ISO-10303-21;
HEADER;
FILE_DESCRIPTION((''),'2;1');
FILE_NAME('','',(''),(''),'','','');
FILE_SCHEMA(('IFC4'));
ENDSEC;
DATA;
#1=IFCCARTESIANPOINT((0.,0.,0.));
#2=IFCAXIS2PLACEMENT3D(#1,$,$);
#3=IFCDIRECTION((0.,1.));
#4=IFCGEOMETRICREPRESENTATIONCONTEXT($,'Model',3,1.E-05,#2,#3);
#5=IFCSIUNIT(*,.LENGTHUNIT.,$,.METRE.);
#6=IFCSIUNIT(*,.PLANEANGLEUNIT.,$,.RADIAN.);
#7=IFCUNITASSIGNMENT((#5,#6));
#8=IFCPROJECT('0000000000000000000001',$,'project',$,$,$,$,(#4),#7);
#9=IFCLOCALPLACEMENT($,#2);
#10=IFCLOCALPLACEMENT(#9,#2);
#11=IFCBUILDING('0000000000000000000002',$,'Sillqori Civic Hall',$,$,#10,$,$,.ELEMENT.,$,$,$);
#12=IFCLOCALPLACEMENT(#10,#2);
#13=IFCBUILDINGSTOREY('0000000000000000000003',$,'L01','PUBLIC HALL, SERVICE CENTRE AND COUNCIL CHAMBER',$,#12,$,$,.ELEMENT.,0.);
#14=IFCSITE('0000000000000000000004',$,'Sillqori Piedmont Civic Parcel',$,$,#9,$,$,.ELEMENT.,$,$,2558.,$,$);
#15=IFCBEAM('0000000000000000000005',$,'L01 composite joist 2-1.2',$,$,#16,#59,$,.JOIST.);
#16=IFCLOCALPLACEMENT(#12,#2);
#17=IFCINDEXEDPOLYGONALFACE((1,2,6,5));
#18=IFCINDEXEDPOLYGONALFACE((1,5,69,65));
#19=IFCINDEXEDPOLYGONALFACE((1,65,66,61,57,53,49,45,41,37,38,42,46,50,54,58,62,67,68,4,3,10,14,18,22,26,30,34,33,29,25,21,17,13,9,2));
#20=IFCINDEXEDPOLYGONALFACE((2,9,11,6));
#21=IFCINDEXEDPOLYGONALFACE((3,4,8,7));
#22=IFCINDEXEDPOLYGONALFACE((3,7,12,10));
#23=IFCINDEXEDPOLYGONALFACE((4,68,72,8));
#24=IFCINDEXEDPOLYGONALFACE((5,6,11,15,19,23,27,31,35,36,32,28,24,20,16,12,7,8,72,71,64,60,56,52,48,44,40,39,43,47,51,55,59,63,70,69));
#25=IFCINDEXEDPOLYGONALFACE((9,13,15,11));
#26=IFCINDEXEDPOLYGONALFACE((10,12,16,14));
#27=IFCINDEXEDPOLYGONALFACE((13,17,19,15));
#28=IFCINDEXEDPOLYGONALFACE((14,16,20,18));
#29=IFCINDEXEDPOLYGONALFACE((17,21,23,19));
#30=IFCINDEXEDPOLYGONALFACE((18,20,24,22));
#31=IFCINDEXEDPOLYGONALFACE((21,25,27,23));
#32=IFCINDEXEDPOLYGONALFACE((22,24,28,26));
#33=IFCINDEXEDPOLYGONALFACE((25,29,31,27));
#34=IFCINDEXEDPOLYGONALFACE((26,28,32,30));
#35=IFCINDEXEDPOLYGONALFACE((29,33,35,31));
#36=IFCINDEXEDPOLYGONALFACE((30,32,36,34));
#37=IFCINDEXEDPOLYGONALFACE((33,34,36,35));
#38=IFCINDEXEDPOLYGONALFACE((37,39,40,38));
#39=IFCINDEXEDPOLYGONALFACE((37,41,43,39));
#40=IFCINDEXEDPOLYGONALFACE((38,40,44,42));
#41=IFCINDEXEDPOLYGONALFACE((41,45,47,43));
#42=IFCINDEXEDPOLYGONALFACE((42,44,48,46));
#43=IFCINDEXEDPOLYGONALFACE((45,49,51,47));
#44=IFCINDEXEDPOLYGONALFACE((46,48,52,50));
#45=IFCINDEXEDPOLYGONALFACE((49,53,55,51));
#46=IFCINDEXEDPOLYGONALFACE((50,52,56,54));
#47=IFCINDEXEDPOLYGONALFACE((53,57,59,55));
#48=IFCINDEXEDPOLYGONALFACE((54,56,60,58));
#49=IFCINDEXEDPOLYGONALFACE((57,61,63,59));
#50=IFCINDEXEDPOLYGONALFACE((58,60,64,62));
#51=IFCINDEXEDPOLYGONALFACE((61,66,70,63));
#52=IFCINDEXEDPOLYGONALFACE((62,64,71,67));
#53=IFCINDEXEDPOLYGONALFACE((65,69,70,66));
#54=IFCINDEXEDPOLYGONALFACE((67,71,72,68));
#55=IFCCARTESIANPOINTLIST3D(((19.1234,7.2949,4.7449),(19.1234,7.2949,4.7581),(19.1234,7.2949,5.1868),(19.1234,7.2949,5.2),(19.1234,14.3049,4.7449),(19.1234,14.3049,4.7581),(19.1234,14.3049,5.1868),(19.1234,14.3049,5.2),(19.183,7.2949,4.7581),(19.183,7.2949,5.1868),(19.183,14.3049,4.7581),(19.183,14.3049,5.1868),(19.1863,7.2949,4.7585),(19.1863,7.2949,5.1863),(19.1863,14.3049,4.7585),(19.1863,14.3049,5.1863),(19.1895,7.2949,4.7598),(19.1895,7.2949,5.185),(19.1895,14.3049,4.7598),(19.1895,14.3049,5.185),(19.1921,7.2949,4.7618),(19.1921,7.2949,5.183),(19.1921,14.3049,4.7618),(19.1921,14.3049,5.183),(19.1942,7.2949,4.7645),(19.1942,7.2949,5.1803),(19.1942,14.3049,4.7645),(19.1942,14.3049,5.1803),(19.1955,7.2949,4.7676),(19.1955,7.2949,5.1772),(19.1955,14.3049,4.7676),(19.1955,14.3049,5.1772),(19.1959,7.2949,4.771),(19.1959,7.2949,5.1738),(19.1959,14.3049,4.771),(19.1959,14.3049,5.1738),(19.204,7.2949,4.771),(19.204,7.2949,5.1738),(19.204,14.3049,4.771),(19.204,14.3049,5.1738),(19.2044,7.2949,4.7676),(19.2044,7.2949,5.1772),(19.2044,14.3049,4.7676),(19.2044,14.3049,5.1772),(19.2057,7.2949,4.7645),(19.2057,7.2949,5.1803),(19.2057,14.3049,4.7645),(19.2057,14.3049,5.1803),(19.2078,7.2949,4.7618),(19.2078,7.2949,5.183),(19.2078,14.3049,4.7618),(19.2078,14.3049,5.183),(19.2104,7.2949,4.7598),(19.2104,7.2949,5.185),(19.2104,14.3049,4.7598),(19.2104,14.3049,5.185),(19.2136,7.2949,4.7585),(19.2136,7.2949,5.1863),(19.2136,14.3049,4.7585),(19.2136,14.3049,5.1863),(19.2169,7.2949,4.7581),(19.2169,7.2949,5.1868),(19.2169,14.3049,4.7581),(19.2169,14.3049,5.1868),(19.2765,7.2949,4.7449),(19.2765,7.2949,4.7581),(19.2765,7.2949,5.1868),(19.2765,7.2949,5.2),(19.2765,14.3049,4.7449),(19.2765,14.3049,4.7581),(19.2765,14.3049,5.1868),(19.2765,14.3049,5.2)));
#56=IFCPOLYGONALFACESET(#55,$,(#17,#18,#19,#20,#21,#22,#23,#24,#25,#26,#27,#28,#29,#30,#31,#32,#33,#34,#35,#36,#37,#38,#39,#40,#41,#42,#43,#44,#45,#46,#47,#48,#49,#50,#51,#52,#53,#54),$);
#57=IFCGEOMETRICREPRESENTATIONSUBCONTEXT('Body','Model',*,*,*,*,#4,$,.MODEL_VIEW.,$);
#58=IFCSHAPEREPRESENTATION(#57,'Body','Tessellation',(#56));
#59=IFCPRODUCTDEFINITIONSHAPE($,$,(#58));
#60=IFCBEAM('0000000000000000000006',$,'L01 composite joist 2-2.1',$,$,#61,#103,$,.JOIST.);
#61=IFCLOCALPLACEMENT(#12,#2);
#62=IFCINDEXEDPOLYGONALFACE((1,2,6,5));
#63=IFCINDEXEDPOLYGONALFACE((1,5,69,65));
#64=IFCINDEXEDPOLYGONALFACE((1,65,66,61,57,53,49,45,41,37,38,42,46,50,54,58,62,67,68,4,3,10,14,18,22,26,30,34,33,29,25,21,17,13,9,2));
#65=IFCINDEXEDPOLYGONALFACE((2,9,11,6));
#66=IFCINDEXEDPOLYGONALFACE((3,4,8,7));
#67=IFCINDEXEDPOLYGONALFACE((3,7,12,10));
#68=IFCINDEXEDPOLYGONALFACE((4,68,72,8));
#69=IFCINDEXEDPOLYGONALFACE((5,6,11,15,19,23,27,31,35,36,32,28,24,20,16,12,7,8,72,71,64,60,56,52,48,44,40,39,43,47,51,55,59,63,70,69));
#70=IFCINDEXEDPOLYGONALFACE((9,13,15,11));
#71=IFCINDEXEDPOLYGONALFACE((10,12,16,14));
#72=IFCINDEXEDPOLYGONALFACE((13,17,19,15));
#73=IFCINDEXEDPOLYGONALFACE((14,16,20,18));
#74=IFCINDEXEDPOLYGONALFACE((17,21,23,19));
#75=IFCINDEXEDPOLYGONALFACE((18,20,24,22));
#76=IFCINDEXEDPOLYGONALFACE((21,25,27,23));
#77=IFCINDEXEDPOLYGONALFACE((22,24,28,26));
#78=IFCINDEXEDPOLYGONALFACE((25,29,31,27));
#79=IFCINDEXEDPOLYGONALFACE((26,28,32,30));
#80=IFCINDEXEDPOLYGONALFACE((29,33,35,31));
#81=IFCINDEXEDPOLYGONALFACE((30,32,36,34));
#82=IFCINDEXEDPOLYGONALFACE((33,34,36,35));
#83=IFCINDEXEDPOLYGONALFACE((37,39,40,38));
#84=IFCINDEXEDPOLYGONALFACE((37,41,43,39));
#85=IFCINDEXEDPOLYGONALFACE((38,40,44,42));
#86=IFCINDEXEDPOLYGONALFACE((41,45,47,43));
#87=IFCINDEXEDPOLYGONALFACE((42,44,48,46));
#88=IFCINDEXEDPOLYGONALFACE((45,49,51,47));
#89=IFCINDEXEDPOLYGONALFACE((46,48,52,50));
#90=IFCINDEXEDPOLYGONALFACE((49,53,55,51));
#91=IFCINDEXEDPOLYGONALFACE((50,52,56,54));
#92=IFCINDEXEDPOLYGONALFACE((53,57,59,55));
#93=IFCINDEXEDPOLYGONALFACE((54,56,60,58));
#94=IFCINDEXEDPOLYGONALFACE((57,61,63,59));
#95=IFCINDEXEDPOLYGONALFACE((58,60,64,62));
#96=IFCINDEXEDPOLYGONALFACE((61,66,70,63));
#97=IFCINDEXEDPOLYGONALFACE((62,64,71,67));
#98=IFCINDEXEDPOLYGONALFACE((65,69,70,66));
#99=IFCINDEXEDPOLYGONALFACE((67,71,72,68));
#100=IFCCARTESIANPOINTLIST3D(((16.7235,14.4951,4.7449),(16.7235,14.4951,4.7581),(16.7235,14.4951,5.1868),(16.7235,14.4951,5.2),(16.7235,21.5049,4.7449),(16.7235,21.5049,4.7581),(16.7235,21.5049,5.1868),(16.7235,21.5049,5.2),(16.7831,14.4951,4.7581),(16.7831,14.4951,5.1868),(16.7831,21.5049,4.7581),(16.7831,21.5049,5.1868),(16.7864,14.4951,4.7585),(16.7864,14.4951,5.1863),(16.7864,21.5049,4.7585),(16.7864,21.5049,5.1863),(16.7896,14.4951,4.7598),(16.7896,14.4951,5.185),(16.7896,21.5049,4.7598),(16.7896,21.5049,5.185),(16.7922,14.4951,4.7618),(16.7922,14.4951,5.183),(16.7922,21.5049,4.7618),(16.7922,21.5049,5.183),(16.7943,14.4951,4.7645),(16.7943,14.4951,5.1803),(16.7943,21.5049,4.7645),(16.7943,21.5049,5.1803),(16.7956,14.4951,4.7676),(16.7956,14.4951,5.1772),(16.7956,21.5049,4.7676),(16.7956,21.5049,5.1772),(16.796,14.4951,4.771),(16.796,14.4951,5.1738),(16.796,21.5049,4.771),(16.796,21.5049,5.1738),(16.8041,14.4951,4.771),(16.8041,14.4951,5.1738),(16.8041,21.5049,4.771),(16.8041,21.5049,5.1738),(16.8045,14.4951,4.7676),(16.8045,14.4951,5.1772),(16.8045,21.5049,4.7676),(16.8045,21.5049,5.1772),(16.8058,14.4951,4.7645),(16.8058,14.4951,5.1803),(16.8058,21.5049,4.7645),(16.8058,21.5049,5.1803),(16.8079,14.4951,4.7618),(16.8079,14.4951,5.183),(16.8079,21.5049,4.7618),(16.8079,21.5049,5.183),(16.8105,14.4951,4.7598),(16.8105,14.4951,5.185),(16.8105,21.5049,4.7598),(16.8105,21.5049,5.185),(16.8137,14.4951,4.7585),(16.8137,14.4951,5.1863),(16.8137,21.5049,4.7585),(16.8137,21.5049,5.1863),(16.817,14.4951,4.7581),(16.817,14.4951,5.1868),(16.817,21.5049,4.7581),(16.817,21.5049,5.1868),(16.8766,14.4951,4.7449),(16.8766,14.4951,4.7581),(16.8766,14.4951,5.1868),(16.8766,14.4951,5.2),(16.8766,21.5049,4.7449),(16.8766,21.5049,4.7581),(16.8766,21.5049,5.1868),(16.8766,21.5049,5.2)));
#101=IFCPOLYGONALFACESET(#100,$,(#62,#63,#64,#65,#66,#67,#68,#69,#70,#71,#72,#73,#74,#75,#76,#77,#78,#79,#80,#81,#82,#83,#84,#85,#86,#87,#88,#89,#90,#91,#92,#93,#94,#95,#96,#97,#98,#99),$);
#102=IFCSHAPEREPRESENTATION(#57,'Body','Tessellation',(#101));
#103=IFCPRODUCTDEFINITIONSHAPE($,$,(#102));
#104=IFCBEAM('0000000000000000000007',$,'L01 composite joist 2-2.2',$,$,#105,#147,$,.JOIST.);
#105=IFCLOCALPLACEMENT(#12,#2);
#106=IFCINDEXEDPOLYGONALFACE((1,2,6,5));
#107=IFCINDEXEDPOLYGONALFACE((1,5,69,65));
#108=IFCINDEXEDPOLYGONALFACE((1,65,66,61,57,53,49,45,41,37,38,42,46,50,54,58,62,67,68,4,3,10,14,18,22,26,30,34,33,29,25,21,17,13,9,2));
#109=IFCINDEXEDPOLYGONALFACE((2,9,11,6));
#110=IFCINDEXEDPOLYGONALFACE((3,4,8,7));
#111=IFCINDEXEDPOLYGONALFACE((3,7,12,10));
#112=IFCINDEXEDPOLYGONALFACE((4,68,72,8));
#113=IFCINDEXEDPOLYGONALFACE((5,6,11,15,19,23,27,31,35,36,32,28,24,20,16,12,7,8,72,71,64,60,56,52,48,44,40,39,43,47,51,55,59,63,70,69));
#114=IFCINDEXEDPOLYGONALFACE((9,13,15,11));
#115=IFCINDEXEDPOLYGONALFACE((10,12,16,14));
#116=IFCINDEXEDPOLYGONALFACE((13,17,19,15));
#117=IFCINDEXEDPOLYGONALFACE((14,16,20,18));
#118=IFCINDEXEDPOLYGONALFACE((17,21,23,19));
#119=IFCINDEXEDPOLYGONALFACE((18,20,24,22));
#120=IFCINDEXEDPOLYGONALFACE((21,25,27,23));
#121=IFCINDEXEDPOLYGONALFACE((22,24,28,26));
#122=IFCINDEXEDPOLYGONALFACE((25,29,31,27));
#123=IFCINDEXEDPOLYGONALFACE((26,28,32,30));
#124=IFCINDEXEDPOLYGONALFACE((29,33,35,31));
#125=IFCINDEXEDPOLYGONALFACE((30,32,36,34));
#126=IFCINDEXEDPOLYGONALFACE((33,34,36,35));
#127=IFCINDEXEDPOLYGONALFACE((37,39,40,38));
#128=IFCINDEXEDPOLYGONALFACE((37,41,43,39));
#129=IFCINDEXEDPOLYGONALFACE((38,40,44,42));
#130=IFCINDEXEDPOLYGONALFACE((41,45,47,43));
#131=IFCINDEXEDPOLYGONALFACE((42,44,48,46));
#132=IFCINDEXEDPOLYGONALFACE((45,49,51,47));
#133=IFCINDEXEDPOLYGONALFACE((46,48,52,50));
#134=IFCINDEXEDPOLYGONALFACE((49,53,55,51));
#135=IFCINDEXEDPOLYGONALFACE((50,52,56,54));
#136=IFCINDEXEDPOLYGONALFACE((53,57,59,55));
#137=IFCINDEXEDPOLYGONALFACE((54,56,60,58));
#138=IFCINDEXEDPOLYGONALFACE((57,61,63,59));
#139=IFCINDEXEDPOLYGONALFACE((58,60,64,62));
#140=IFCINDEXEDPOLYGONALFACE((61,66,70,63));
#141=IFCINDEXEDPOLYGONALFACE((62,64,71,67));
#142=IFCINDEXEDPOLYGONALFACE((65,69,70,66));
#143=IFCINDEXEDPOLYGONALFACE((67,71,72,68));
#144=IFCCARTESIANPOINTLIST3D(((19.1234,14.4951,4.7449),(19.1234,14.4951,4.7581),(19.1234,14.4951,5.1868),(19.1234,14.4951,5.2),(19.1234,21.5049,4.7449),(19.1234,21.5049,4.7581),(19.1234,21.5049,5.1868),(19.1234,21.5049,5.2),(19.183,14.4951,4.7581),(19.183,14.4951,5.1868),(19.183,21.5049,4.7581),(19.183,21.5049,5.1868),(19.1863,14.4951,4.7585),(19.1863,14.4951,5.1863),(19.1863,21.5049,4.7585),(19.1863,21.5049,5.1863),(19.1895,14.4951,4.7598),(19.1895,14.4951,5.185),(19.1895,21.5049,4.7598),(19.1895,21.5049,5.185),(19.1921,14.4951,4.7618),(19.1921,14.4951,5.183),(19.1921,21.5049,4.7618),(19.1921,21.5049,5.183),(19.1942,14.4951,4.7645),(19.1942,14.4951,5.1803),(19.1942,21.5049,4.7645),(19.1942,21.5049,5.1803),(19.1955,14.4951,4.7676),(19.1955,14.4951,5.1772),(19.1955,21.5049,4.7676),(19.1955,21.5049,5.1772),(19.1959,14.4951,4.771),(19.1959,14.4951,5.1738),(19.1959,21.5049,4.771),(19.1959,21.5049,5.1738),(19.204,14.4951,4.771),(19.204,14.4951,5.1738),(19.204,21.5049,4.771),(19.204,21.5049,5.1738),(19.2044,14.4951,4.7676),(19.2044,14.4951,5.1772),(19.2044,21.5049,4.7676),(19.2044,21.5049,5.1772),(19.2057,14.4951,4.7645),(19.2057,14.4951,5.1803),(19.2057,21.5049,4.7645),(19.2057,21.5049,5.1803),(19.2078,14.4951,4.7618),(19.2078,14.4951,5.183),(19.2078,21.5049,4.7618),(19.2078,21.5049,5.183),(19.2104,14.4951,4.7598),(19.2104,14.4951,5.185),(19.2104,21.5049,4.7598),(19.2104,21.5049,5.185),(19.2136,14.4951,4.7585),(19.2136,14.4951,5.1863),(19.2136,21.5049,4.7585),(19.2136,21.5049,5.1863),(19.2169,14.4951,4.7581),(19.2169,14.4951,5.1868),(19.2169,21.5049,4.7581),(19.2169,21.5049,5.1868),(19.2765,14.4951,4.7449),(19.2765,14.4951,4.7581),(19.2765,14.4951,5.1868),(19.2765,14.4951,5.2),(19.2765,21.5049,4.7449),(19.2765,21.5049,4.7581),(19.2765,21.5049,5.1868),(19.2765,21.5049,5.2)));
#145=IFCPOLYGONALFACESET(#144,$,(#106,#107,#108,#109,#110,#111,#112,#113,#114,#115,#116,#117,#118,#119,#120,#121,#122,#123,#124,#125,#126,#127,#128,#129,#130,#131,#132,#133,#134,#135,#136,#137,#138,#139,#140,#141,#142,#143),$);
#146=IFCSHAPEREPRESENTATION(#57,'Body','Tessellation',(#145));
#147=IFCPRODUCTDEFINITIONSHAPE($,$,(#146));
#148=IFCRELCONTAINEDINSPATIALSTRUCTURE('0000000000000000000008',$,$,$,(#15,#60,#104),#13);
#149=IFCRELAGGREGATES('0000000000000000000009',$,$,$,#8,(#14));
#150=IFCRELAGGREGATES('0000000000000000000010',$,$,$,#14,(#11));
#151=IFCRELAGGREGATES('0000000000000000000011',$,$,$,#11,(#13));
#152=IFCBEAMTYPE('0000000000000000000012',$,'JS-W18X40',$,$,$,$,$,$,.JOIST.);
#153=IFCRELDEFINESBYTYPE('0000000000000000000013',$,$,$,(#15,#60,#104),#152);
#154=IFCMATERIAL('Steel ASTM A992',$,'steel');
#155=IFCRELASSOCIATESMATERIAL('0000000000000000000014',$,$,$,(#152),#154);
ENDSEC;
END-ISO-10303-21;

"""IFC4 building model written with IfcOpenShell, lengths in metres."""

from ifc_helpers import new_model, si_unit, direction, frame, origin, origin_2d, place, context, subcontext, project, spatial, i_section, extrude, material, material_profile, profile_set, type_object, element, save


model = new_model("IFC4")

# Units and contexts
model_context = context("Model", 3, precision=1e-05, world=origin(), true_north=direction((0.0, 1.0)))
body_context = subcontext(model_context, "Body", "Model", "MODEL_VIEW")
ifc_project = project(units=[si_unit("LENGTHUNIT", "METRE"), si_unit("PLANEANGLEUNIT", "RADIAN")], contexts=[model_context])

# Site, building, storey
site_placement = place(None, origin())
site = spatial("IfcSite", under=ifc_project, at=site_placement, Name="Sillqori Piedmont Civic Parcel", CompositionType="ELEMENT", RefElevation=2558.0)
building_placement = place(site_placement, origin())
building = spatial("IfcBuilding", under=site, at=building_placement, Name="Sillqori Civic Hall", CompositionType="ELEMENT")
storey_placement = place(building_placement, origin())
storey = spatial("IfcBuildingStorey", under=building, at=storey_placement, Name="L01", Description="PUBLIC HALL, SERVICE CENTRE AND COUNCIL CHAMBER", CompositionType="ELEMENT", Elevation=0.0)

# Shared definitions
ifc_material_1 = material(Name="Steel ASTM A992", Category="steel")

# Beams
ifc_material_profile_1 = material_profile(ifc_material_1, i_section(OverallWidth=0.1531, OverallDepth=0.4551, WebThickness=0.0081, FlangeThickness=0.0132, FilletRadius=0.0129, at=origin_2d()), Name="W18X40")
ifc_profile_set_1 = profile_set([ifc_material_profile_1], Name="Steel ASTM A992")
beam_type_1 = type_object("IfcBeamType", Name="JS-W18X40", PredefinedType="JOIST", material=ifc_profile_set_1)
for number, where, z_axis, x_axis, name in (
    (1, (19.2, 7.2949, 4.9724), (0.0, 1.0, 0.0), (-1.0, 0.0, 0.0), "L01 composite joist 2-1.2"),
):
    element("IfcBeam", number, at=place(storey_placement, frame(where, z_axis=z_axis, x_axis=x_axis)), inside=storey, type_object=beam_type_1, Name=name, PredefinedType="JOIST", context=body_context, shape_type="SweptSolid", body=[
        extrude(i_section(OverallWidth=0.1531, OverallDepth=0.4551, WebThickness=0.0081, FlangeThickness=0.0132, FilletRadius=0.0129, at=origin_2d()), origin(), (0.0, 0.0, 1.0), 7.01),
    ])
for number, where, z_axis, x_axis, name in (
    (2, (16.8, 14.4951, 4.9724), (0.0, 1.0, 0.0), (-1.0, 0.0, 0.0), "L01 composite joist 2-2.1"),
    (3, (19.2, 14.4951, 4.9724), (0.0, 1.0, 0.0), (-1.0, 0.0, 0.0), "L01 composite joist 2-2.2"),
):
    element("IfcBeam", number, at=place(storey_placement, frame(where, z_axis=z_axis, x_axis=x_axis)), inside=storey, type_object=beam_type_1, Name=name, PredefinedType="JOIST", context=body_context, shape_type="SweptSolid", body=[
        extrude(i_section(OverallWidth=0.1531, OverallDepth=0.4551, WebThickness=0.0081, FlangeThickness=0.0132, FilletRadius=0.0129, at=origin_2d()), origin(), (0.0, 0.0, 1.0), 7.0098),
    ])

save(model, "model.ifc")
